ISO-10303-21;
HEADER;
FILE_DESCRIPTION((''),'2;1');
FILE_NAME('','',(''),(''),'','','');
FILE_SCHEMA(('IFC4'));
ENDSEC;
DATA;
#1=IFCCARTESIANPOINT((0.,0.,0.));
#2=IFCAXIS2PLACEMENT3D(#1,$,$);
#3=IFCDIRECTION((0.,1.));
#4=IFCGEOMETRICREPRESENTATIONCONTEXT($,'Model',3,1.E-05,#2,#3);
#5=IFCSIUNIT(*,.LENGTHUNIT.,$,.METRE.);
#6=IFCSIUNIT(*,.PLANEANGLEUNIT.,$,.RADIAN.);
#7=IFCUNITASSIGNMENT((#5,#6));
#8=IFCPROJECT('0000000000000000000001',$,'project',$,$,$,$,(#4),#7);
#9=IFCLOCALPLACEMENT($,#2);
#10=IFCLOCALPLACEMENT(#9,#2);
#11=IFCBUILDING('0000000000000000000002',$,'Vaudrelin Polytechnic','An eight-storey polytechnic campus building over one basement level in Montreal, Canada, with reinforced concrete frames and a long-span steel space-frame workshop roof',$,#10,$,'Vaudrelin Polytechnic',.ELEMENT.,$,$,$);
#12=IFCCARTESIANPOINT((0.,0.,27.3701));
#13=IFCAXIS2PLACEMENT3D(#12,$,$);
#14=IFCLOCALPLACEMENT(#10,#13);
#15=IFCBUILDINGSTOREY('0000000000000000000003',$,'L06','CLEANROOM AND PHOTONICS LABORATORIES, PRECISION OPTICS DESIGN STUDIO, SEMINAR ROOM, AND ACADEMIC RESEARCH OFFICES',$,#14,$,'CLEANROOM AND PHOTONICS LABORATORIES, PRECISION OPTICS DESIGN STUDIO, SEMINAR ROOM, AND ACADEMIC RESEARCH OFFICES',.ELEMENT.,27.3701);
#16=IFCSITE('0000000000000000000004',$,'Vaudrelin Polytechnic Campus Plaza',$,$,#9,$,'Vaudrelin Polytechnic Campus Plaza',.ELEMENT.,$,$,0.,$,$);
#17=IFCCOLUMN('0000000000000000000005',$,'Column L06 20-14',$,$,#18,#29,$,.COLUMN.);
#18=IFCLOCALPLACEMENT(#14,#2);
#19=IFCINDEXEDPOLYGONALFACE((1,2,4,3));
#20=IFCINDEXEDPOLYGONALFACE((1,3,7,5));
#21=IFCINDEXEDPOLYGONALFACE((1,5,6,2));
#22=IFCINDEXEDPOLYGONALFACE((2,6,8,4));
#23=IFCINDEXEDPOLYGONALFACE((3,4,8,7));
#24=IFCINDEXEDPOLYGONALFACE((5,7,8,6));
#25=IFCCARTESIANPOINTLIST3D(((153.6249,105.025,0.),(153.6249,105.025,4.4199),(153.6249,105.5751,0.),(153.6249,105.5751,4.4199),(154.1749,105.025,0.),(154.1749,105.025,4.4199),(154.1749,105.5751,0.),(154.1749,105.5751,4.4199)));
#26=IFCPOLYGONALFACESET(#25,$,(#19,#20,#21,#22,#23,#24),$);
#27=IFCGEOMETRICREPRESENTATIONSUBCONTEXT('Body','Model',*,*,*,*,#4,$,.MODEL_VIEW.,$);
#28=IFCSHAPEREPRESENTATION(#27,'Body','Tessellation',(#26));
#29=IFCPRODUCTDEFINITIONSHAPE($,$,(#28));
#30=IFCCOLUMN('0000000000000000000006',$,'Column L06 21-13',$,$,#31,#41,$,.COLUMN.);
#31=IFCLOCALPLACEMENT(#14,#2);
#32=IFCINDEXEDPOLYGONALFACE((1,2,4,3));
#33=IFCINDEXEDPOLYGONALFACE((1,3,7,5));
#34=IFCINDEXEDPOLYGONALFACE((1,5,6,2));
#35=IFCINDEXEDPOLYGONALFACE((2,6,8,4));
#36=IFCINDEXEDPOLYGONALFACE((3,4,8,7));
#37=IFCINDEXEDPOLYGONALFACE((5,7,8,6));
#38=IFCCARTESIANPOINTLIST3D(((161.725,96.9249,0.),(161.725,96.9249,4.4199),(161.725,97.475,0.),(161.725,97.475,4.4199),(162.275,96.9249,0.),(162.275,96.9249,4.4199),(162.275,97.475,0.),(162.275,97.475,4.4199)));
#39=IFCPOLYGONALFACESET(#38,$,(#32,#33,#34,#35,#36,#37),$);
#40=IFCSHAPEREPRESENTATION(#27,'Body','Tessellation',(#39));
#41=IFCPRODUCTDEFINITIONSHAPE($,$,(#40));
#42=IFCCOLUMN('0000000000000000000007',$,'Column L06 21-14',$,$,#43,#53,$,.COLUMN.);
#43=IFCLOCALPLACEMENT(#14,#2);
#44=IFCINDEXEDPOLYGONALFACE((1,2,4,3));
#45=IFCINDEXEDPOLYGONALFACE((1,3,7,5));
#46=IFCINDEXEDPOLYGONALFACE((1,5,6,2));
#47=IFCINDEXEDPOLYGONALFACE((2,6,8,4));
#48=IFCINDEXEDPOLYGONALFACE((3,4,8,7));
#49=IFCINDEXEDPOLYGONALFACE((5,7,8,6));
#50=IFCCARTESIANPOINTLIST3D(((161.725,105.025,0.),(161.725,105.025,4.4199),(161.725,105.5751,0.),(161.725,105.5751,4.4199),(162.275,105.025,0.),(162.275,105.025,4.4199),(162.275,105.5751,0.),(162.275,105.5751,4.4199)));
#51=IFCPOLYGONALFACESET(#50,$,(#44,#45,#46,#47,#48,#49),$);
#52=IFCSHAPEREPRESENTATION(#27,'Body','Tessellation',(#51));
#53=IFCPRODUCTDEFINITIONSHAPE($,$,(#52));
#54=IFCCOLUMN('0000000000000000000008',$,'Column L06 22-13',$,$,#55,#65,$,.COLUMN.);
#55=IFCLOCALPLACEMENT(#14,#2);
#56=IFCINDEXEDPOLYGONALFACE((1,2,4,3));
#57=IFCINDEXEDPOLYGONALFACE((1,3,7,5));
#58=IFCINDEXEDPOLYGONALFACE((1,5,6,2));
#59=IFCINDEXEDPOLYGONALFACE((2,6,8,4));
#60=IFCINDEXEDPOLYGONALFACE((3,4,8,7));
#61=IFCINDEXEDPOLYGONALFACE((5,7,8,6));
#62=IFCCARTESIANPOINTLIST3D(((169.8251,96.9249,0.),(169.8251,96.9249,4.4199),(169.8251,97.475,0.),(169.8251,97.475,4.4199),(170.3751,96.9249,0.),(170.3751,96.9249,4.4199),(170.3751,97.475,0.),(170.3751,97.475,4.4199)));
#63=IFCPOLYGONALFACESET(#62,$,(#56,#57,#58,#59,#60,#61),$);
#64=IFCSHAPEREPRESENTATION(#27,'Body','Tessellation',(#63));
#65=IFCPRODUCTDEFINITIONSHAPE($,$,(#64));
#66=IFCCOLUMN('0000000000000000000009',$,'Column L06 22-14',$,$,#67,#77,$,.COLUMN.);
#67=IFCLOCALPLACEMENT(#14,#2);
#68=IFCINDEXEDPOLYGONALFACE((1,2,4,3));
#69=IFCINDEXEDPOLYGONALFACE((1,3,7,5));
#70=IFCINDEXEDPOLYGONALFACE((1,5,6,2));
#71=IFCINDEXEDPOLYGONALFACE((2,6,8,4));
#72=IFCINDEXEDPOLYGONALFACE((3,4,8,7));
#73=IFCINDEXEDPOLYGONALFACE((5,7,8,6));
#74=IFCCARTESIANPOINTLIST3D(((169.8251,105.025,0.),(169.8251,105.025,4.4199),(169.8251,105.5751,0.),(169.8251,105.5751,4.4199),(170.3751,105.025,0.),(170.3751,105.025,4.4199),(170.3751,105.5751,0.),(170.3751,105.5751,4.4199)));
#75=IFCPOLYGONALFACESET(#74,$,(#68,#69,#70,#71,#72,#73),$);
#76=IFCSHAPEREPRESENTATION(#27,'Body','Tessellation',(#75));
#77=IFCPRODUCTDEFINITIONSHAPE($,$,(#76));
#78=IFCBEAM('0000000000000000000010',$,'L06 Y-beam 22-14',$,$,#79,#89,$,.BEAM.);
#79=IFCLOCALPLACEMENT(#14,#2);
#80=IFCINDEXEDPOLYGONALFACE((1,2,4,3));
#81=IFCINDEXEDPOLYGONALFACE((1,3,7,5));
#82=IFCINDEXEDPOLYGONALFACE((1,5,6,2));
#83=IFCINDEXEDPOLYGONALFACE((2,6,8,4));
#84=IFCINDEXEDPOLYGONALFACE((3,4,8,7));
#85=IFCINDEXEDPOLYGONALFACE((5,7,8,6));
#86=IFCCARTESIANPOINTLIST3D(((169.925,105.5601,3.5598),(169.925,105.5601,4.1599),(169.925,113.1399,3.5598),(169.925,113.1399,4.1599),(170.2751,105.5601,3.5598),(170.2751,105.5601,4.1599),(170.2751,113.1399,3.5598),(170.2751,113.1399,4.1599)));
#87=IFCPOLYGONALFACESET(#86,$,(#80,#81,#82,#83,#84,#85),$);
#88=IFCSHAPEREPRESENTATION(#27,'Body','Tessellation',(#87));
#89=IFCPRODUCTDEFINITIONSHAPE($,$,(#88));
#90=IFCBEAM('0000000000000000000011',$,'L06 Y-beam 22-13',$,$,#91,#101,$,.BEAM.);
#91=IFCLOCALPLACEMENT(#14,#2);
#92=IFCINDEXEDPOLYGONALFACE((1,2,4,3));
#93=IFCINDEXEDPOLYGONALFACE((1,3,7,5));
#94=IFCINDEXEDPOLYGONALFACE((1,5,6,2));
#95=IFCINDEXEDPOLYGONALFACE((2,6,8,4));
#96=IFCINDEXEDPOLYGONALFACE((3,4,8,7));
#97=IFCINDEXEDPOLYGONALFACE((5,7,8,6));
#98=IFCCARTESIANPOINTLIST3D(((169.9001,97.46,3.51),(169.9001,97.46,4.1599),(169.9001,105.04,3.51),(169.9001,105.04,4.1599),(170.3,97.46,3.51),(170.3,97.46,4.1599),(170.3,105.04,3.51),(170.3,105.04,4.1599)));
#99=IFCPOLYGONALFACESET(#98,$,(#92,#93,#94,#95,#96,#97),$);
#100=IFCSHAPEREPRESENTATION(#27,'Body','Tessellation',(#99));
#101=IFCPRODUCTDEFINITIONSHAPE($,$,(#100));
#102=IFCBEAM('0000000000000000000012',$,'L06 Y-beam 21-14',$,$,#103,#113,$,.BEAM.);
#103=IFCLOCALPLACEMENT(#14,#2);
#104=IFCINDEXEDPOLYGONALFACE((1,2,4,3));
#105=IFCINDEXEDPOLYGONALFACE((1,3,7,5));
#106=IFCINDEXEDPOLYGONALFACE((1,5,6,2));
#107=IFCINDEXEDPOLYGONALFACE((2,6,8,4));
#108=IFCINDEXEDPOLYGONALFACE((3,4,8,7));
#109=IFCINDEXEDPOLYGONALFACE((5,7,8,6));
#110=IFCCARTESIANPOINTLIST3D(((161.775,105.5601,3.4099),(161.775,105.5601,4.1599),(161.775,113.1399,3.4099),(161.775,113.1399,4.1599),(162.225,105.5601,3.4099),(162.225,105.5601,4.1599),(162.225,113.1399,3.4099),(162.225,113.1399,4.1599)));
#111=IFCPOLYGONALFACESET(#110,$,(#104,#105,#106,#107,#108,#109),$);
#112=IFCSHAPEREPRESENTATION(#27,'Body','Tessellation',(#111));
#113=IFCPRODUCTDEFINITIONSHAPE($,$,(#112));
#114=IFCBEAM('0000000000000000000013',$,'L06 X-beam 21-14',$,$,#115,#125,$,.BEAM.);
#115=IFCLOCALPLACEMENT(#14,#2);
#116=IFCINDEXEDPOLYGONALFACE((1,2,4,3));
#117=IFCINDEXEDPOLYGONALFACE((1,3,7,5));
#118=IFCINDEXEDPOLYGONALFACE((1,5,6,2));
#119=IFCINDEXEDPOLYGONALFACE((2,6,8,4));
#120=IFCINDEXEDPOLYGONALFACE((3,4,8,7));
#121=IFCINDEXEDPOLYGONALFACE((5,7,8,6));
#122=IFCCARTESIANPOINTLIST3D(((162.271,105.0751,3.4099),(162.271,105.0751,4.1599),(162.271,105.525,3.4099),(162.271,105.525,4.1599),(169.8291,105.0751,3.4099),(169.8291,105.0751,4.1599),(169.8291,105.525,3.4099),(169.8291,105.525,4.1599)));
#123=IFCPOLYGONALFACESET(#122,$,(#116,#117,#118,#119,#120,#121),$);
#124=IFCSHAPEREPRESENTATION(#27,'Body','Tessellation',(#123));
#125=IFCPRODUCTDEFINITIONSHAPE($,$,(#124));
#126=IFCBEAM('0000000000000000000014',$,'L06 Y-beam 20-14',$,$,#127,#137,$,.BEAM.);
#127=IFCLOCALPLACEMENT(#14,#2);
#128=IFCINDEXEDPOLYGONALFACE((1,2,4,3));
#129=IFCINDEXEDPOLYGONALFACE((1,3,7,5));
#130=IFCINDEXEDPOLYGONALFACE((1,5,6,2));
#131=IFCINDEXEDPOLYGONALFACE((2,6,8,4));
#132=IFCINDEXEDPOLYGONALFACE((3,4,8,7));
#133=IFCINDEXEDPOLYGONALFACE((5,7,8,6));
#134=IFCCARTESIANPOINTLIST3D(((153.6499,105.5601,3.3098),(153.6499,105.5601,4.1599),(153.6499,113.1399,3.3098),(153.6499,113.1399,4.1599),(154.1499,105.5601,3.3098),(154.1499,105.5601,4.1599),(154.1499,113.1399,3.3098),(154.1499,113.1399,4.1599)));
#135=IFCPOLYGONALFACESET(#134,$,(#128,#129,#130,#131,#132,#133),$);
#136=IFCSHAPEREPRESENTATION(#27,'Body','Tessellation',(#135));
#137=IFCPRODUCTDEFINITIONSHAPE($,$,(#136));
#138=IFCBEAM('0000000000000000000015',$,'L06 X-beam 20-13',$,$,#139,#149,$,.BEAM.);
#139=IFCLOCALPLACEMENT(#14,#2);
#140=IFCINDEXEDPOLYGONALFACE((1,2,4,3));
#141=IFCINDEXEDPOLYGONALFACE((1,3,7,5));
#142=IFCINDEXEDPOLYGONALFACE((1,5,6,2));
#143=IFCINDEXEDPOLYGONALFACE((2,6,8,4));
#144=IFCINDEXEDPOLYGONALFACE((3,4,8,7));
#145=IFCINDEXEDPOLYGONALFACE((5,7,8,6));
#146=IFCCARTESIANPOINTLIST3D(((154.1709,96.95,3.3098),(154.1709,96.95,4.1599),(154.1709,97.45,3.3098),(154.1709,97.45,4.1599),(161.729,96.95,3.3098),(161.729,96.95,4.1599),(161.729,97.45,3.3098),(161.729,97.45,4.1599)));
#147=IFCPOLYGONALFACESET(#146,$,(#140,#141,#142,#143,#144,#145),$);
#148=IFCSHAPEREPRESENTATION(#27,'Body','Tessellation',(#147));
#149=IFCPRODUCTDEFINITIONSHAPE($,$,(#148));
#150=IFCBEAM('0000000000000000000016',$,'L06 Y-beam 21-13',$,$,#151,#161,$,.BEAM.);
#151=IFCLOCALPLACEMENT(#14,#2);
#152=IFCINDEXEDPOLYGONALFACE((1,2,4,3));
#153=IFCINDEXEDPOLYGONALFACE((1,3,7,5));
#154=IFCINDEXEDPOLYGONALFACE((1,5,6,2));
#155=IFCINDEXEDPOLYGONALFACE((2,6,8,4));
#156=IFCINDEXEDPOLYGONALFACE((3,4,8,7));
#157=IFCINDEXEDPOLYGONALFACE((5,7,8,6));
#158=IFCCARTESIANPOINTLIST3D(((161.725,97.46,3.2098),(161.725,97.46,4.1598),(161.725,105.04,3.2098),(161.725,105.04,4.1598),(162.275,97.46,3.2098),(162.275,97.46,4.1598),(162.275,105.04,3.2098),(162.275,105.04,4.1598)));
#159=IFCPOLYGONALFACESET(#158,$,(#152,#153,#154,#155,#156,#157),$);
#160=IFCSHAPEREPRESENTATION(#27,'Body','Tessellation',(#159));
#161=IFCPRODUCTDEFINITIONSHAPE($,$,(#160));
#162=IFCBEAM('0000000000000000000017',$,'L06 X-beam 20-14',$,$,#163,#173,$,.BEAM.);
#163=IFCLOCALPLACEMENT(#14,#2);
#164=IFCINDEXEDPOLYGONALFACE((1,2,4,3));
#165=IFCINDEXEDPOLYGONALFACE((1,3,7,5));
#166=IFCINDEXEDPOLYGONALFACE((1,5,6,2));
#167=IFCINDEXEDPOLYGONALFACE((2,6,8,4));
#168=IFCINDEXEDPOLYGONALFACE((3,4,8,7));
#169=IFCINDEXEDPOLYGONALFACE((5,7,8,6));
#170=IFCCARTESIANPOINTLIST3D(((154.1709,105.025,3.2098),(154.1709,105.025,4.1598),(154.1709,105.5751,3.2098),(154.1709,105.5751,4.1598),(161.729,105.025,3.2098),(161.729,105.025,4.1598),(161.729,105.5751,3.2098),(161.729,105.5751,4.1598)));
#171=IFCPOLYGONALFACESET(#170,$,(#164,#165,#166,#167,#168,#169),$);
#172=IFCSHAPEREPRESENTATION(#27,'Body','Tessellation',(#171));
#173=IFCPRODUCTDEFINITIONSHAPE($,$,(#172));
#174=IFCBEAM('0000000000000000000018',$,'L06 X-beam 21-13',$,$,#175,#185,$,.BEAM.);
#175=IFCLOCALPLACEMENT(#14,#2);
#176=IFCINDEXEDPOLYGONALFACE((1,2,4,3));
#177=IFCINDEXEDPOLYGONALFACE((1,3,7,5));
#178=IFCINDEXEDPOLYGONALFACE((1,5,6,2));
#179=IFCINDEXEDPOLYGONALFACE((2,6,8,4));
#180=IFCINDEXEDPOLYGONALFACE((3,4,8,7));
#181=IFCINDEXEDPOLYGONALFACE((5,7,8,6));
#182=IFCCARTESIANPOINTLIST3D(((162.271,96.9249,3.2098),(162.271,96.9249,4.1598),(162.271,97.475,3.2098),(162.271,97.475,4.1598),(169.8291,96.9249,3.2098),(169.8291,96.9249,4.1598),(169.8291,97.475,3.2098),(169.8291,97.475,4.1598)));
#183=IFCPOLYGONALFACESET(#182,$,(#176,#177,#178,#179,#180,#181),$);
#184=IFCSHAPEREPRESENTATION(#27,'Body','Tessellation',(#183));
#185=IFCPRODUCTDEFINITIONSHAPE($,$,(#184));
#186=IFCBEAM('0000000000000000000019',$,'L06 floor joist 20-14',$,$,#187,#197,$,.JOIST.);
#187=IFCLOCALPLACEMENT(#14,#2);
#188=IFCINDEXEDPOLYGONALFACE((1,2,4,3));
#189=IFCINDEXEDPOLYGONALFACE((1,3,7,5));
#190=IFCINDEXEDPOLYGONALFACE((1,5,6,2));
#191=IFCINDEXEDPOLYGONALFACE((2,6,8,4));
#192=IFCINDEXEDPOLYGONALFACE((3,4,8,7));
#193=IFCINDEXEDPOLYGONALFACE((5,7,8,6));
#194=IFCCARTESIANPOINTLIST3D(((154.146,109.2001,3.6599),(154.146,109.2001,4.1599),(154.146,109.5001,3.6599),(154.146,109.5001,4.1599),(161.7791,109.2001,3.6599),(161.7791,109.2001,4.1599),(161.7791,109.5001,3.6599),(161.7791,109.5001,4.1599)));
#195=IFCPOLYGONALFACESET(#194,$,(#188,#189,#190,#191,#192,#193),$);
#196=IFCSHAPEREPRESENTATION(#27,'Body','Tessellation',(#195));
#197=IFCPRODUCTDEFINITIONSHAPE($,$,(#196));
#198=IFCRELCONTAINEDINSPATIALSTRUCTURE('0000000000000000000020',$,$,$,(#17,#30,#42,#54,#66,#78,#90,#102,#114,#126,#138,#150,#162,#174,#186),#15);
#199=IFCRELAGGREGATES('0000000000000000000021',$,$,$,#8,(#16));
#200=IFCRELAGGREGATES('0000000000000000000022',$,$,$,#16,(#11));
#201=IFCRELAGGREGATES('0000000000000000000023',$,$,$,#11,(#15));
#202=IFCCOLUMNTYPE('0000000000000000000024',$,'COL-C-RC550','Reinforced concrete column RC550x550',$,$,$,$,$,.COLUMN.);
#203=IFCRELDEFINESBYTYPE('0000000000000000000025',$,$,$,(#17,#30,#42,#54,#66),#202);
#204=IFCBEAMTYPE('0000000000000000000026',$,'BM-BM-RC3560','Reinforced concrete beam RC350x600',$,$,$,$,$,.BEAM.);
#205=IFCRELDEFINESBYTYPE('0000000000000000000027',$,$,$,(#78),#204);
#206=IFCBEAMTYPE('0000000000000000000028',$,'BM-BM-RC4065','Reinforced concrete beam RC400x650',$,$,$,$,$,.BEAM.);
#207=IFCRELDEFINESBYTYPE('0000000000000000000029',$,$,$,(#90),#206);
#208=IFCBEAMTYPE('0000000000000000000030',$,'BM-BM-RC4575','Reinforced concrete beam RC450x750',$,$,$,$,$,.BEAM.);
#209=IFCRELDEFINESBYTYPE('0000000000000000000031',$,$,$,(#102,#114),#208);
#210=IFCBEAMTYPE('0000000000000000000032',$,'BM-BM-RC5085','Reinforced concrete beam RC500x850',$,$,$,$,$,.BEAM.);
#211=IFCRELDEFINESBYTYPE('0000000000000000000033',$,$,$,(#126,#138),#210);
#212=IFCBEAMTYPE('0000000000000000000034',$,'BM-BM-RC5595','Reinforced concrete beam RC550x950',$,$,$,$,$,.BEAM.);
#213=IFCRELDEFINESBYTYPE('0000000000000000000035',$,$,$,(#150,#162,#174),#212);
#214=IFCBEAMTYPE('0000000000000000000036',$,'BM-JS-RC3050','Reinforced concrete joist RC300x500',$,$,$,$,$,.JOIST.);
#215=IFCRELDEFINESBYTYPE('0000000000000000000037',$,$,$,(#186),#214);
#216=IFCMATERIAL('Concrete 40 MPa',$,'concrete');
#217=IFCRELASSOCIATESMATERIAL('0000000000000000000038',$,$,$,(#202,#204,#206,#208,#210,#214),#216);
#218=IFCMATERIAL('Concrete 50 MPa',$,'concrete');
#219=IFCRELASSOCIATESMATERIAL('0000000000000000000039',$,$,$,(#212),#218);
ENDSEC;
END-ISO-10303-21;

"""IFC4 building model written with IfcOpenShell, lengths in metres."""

from ifc_helpers import new_model, si_unit, direction, frame, origin, origin_2d, place, context, subcontext, project, spatial, rectangle, extrude, material, material_profile, profile_set, type_object, element, save


model = new_model("IFC4")

# Units and contexts
model_context = context("Model", 3, precision=1e-05, world=origin(), true_north=direction((0.0, 1.0)))
body_context = subcontext(model_context, "Body", "Model", "MODEL_VIEW")
ifc_project = project(units=[si_unit("LENGTHUNIT", "METRE"), si_unit("PLANEANGLEUNIT", "RADIAN")], contexts=[model_context])

# Site, building, storey
site_placement = place(None, origin())
site = spatial("IfcSite", under=ifc_project, at=site_placement, Name="Vaudrelin Polytechnic Campus Plaza", LongName="Vaudrelin Polytechnic Campus Plaza", CompositionType="ELEMENT", RefElevation=0.0)
building_placement = place(site_placement, origin())
building = spatial("IfcBuilding", under=site, at=building_placement, Name="Vaudrelin Polytechnic", Description="An eight-storey polytechnic campus building over one basement level in Montreal, Canada, with reinforced concrete frames and a long-span steel space-frame workshop roof", LongName="Vaudrelin Polytechnic", CompositionType="ELEMENT")
storey_placement = place(building_placement, frame((0.0, 0.0, 27.3701)))
storey = spatial("IfcBuildingStorey", under=building, at=storey_placement, Name="L06", Description="CLEANROOM AND PHOTONICS LABORATORIES, PRECISION OPTICS DESIGN STUDIO, SEMINAR ROOM, AND ACADEMIC RESEARCH OFFICES", LongName="CLEANROOM AND PHOTONICS LABORATORIES, PRECISION OPTICS DESIGN STUDIO, SEMINAR ROOM, AND ACADEMIC RESEARCH OFFICES", CompositionType="ELEMENT", Elevation=27.3701)

# Columns
ifc_material_1 = material(Name="Concrete 40 MPa", Category="concrete")
ifc_material_profile_1 = material_profile(ifc_material_1, rectangle(XDim=0.55, YDim=0.55, at=origin_2d()), Name="RC550x550")
ifc_profile_set_1 = profile_set([ifc_material_profile_1], Name="Concrete 40 MPa")
column_type = type_object("IfcColumnType", Name="COL-C-RC550", Description="Reinforced concrete column RC550x550", PredefinedType="COLUMN", material=ifc_profile_set_1)
for number, where, z_axis, x_axis, name in (
    (1, (153.8999, 105.3, 0.0), (0.0, 0.0, 1.0), (1.0, 0.0, 0.0), "Column L06 20-14"),
    (2, (162.0, 97.2, 0.0), (0.0, 0.0, 1.0), (1.0, 0.0, 0.0), "Column L06 21-13"),
    (3, (162.0, 105.3, 0.0), (0.0, 0.0, 1.0), (1.0, 0.0, 0.0), "Column L06 21-14"),
    (4, (170.1001, 97.2, 0.0), (0.0, 0.0, 1.0), (1.0, 0.0, 0.0), "Column L06 22-13"),
    (5, (170.1001, 105.3, 0.0), (0.0, 0.0, 1.0), (1.0, 0.0, 0.0), "Column L06 22-14"),
):
    element("IfcColumn", number, at=place(storey_placement, frame(where, z_axis=z_axis, x_axis=x_axis)), inside=storey, type_object=column_type, Name=name, PredefinedType="COLUMN", context=body_context, shape_type="SweptSolid", body=[
        extrude(rectangle(XDim=0.55, YDim=0.55, at=origin_2d()), origin(), (0.0, 0.0, 1.0), 4.4199),
    ])

# Beams
ifc_material_profile_2 = material_profile(ifc_material_1, rectangle(XDim=0.3501, YDim=0.6001, at=origin_2d()), Name="RC350x600")
ifc_profile_set_2 = profile_set([ifc_material_profile_2], Name="Concrete 40 MPa")
beam_type_1 = type_object("IfcBeamType", Name="BM-BM-RC3560", Description="Reinforced concrete beam RC350x600", PredefinedType="BEAM", material=ifc_profile_set_2)
beam_1_placement = place(storey_placement, frame((170.1001, 105.5601, 3.8599), z_axis=(0.0, 1.0, 0.0), x_axis=(-1.0, 0.0, 0.0)))
element("IfcBeam", 6, at=beam_1_placement, inside=storey, type_object=beam_type_1, Name="L06 Y-beam 22-14", PredefinedType="BEAM", context=body_context, shape_type="SweptSolid", body=[
    extrude(rectangle(XDim=0.3501, YDim=0.6001, at=origin_2d()), origin(), (0.0, 0.0, 1.0), 7.5798),
])
ifc_material_profile_3 = material_profile(ifc_material_1, rectangle(XDim=0.3999, YDim=0.6499, at=origin_2d()), Name="RC400x650")
ifc_profile_set_3 = profile_set([ifc_material_profile_3], Name="Concrete 40 MPa")
beam_type_2 = type_object("IfcBeamType", Name="BM-BM-RC4065", Description="Reinforced concrete beam RC400x650", PredefinedType="BEAM", material=ifc_profile_set_3)
beam_2_placement = place(storey_placement, frame((170.1001, 97.46, 3.835), z_axis=(0.0, 1.0, 0.0), x_axis=(-1.0, 0.0, 0.0)))
element("IfcBeam", 7, at=beam_2_placement, inside=storey, type_object=beam_type_2, Name="L06 Y-beam 22-13", PredefinedType="BEAM", context=body_context, shape_type="SweptSolid", body=[
    extrude(rectangle(XDim=0.3999, YDim=0.6499, at=origin_2d()), origin(), (0.0, 0.0, 1.0), 7.5801),
])
ifc_material_profile_4 = material_profile(ifc_material_1, rectangle(XDim=0.45, YDim=0.75, at=origin_2d()), Name="RC450x750")
ifc_profile_set_4 = profile_set([ifc_material_profile_4], Name="Concrete 40 MPa")
beam_type_3 = type_object("IfcBeamType", Name="BM-BM-RC4575", Description="Reinforced concrete beam RC450x750", PredefinedType="BEAM", material=ifc_profile_set_4)
beam_3_placement = place(storey_placement, frame((162.0, 105.5601, 3.7849), z_axis=(0.0, 1.0, 0.0), x_axis=(-1.0, 0.0, 0.0)))
element("IfcBeam", 8, at=beam_3_placement, inside=storey, type_object=beam_type_3, Name="L06 Y-beam 21-14", PredefinedType="BEAM", context=body_context, shape_type="SweptSolid", body=[
    extrude(rectangle(XDim=0.45, YDim=0.75, at=origin_2d()), origin(), (0.0, 0.0, 1.0), 7.5798),
])
beam_4_placement = place(storey_placement, frame((162.271, 105.3, 3.7849), z_axis=(1.0, 0.0, 0.0), x_axis=(0.0, 1.0, 0.0)))
element("IfcBeam", 9, at=beam_4_placement, inside=storey, type_object=beam_type_3, Name="L06 X-beam 21-14", PredefinedType="BEAM", context=body_context, shape_type="SweptSolid", body=[
    extrude(rectangle(XDim=0.45, YDim=0.75, at=origin_2d()), origin(), (0.0, 0.0, 1.0), 7.5581),
])
ifc_material_profile_5 = material_profile(ifc_material_1, rectangle(XDim=0.5, YDim=0.8501, at=origin_2d()), Name="RC500x850")
ifc_profile_set_5 = profile_set([ifc_material_profile_5], Name="Concrete 40 MPa")
beam_type_4 = type_object("IfcBeamType", Name="BM-BM-RC5085", Description="Reinforced concrete beam RC500x850", PredefinedType="BEAM", material=ifc_profile_set_5)
beam_5_placement = place(storey_placement, frame((153.8999, 105.5601, 3.7349), z_axis=(0.0, 1.0, 0.0), x_axis=(-1.0, 0.0, 0.0)))
element("IfcBeam", 10, at=beam_5_placement, inside=storey, type_object=beam_type_4, Name="L06 Y-beam 20-14", PredefinedType="BEAM", context=body_context, shape_type="SweptSolid", body=[
    extrude(rectangle(XDim=0.5, YDim=0.8501, at=origin_2d()), origin(), (0.0, 0.0, 1.0), 7.5798),
])
beam_6_placement = place(storey_placement, frame((154.1709, 97.2, 3.7349), z_axis=(1.0, 0.0, 0.0), x_axis=(0.0, 1.0, 0.0)))
element("IfcBeam", 11, at=beam_6_placement, inside=storey, type_object=beam_type_4, Name="L06 X-beam 20-13", PredefinedType="BEAM", context=body_context, shape_type="SweptSolid", body=[
    extrude(rectangle(XDim=0.5, YDim=0.8501, at=origin_2d()), origin(), (0.0, 0.0, 1.0), 7.5581),
])
ifc_material_2 = material(Name="Concrete 50 MPa", Category="concrete")
ifc_material_profile_6 = material_profile(ifc_material_2, rectangle(XDim=0.55, YDim=0.95, at=origin_2d()), Name="RC550x950")
ifc_profile_set_6 = profile_set([ifc_material_profile_6], Name="Concrete 50 MPa")
beam_type_5 = type_object("IfcBeamType", Name="BM-BM-RC5595", Description="Reinforced concrete beam RC550x950", PredefinedType="BEAM", material=ifc_profile_set_6)
beam_7_placement = place(storey_placement, frame((162.0, 97.46, 3.6848), z_axis=(0.0, 1.0, 0.0), x_axis=(-1.0, 0.0, 0.0)))
element("IfcBeam", 12, at=beam_7_placement, inside=storey, type_object=beam_type_5, Name="L06 Y-beam 21-13", PredefinedType="BEAM", context=body_context, shape_type="SweptSolid", body=[
    extrude(rectangle(XDim=0.55, YDim=0.95, at=origin_2d()), origin(), (0.0, 0.0, 1.0), 7.5801),
])
for number, where, z_axis, x_axis, name in (
    (13, (154.1709, 105.3, 3.6848), (1.0, 0.0, 0.0), (0.0, 1.0, 0.0), "L06 X-beam 20-14"),
    (14, (162.271, 97.2, 3.6848), (1.0, 0.0, 0.0), (0.0, 1.0, 0.0), "L06 X-beam 21-13"),
):
    element("IfcBeam", number, at=place(storey_placement, frame(where, z_axis=z_axis, x_axis=x_axis)), inside=storey, type_object=beam_type_5, Name=name, PredefinedType="BEAM", context=body_context, shape_type="SweptSolid", body=[
        extrude(rectangle(XDim=0.55, YDim=0.95, at=origin_2d()), origin(), (0.0, 0.0, 1.0), 7.5581),
    ])
ifc_material_profile_7 = material_profile(ifc_material_1, rectangle(XDim=0.3, YDim=0.5, at=origin_2d()), Name="RC300x500")
ifc_profile_set_7 = profile_set([ifc_material_profile_7], Name="Concrete 40 MPa")
beam_type_6 = type_object("IfcBeamType", Name="BM-JS-RC3050", Description="Reinforced concrete joist RC300x500", PredefinedType="JOIST", material=ifc_profile_set_7)
for number, where, z_axis, x_axis, name in (
    (15, (154.146, 109.3501, 3.9099), (1.0, 0.0, 0.0), (0.0, 1.0, 0.0), "L06 floor joist 20-14"),
):
    element("IfcBeam", number, at=place(storey_placement, frame(where, z_axis=z_axis, x_axis=x_axis)), inside=storey, type_object=beam_type_6, Name=name, PredefinedType="JOIST", context=body_context, shape_type="SweptSolid", body=[
        extrude(rectangle(XDim=0.3, YDim=0.5, at=origin_2d()), origin(), (0.0, 0.0, 1.0), 7.6331),
    ])

save(model, "model.ifc")
